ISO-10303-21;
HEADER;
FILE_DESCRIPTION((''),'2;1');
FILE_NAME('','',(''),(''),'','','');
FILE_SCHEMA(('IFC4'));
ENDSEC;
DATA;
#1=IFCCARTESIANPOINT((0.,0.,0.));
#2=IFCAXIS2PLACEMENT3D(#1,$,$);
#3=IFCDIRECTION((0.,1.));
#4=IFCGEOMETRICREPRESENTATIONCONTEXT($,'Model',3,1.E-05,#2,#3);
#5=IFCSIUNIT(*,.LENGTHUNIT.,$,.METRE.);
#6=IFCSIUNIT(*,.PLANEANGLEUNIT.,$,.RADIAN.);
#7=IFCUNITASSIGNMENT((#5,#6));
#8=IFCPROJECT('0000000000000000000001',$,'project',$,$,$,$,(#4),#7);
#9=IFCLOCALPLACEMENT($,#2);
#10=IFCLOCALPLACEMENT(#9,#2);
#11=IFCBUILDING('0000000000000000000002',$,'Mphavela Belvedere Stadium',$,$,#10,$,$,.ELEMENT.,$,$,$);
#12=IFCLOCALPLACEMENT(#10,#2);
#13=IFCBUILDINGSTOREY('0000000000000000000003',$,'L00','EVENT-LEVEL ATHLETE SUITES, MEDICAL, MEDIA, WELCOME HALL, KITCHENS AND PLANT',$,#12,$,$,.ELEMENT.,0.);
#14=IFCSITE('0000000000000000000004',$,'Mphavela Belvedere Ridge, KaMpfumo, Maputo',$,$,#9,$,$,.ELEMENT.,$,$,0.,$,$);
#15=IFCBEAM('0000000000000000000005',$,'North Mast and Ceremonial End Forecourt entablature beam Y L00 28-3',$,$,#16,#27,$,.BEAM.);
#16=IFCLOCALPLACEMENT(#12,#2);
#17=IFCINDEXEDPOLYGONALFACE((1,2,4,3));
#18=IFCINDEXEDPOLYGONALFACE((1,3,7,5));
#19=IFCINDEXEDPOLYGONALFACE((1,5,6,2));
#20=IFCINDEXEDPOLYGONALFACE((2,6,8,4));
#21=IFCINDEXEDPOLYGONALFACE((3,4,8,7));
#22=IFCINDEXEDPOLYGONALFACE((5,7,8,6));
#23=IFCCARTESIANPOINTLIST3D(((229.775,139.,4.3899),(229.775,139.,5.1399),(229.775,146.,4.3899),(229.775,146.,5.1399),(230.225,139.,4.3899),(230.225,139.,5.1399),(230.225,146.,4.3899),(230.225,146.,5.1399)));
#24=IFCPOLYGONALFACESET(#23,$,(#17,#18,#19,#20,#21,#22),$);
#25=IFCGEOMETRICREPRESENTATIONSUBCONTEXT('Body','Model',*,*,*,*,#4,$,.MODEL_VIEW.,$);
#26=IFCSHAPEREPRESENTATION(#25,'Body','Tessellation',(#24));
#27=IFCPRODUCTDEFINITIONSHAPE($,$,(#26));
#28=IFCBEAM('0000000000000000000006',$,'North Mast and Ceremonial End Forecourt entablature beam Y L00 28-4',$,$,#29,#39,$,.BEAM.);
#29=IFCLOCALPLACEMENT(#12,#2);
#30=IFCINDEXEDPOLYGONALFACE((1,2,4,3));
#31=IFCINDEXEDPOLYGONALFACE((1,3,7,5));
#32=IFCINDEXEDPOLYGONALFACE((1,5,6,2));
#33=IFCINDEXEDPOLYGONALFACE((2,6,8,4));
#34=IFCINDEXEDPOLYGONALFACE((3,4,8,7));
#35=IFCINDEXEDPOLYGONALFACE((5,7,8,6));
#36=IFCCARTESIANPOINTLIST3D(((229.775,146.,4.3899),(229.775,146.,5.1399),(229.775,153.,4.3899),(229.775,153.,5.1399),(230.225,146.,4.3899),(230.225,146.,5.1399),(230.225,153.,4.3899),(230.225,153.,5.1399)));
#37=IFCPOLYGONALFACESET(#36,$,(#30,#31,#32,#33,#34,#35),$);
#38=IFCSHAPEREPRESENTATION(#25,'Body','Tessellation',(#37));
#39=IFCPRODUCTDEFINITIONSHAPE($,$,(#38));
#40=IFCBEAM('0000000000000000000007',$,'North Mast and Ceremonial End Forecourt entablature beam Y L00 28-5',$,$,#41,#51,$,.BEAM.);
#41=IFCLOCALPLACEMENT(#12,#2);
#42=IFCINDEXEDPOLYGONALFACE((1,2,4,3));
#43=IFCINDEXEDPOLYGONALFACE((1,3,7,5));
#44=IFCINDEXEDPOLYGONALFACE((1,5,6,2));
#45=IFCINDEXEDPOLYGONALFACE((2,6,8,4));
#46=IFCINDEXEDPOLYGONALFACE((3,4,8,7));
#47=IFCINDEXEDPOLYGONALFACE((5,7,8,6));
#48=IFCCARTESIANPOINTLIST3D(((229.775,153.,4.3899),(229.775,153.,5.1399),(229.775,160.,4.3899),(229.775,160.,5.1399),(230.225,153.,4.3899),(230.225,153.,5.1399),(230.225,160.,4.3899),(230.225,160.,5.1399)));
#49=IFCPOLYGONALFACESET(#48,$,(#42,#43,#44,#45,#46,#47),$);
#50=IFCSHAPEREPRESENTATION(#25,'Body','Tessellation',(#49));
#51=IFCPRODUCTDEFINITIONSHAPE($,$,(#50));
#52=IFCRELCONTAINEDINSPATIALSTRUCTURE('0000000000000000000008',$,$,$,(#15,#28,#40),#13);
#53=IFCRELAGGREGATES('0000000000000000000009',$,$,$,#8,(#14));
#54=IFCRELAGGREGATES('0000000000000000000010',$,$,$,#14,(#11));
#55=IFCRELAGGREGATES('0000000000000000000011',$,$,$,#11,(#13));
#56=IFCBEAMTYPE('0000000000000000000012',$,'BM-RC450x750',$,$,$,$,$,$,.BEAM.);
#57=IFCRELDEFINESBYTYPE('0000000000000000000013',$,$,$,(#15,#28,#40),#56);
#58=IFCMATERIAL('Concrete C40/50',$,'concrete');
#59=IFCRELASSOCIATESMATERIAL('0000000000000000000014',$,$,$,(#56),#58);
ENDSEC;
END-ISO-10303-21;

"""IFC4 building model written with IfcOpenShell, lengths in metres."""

from ifc_helpers import new_model, si_unit, direction, frame, origin, origin_2d, place, context, subcontext, project, spatial, rectangle, extrude, material, material_profile, profile_set, type_object, element, save


model = new_model("IFC4")

# Units and contexts
model_context = context("Model", 3, precision=1e-05, world=origin(), true_north=direction((0.0, 1.0)))
body_context = subcontext(model_context, "Body", "Model", "MODEL_VIEW")
ifc_project = project(units=[si_unit("LENGTHUNIT", "METRE"), si_unit("PLANEANGLEUNIT", "RADIAN")], contexts=[model_context])

# Site, building, storey
site_placement = place(None, origin())
site = spatial("IfcSite", under=ifc_project, at=site_placement, Name="Mphavela Belvedere Ridge, KaMpfumo, Maputo", CompositionType="ELEMENT", RefElevation=0.0)
building_placement = place(site_placement, origin())
building = spatial("IfcBuilding", under=site, at=building_placement, Name="Mphavela Belvedere Stadium", CompositionType="ELEMENT")
storey_placement = place(building_placement, origin())
storey = spatial("IfcBuildingStorey", under=building, at=storey_placement, Name="L00", Description="EVENT-LEVEL ATHLETE SUITES, MEDICAL, MEDIA, WELCOME HALL, KITCHENS AND PLANT", CompositionType="ELEMENT", Elevation=0.0)

# Beams
ifc_material_1 = material(Name="Concrete C40/50", Category="concrete")
ifc_material_profile_1 = material_profile(ifc_material_1, rectangle(XDim=0.45, YDim=0.75, at=origin_2d()), Name="RC 450x750")
ifc_profile_set_1 = profile_set([ifc_material_profile_1], Name="Concrete C40/50")
beam_type_1 = type_object("IfcBeamType", Name="BM-RC450x750", PredefinedType="BEAM", material=ifc_profile_set_1)
for number, where, z_axis, x_axis, name in (
    (1, (230.0, 139.0, 4.7649), (0.0, 1.0, 0.0), (-1.0, 0.0, 0.0), "North Mast and Ceremonial End Forecourt entablature beam Y L00 28-3"),
    (2, (230.0, 146.0, 4.7649), (0.0, 1.0, 0.0), (-1.0, 0.0, 0.0), "North Mast and Ceremonial End Forecourt entablature beam Y L00 28-4"),
    (3, (230.0, 153.0, 4.7649), (0.0, 1.0, 0.0), (-1.0, 0.0, 0.0), "North Mast and Ceremonial End Forecourt entablature beam Y L00 28-5"),
):
    element("IfcBeam", number, at=place(storey_placement, frame(where, z_axis=z_axis, x_axis=x_axis)), inside=storey, type_object=beam_type_1, Name=name, PredefinedType="BEAM", context=body_context, shape_type="SweptSolid", body=[
        extrude(rectangle(XDim=0.45, YDim=0.75, at=origin_2d()), origin(), (0.0, 0.0, 1.0), 7.0),
    ])

save(model, "model.ifc")
